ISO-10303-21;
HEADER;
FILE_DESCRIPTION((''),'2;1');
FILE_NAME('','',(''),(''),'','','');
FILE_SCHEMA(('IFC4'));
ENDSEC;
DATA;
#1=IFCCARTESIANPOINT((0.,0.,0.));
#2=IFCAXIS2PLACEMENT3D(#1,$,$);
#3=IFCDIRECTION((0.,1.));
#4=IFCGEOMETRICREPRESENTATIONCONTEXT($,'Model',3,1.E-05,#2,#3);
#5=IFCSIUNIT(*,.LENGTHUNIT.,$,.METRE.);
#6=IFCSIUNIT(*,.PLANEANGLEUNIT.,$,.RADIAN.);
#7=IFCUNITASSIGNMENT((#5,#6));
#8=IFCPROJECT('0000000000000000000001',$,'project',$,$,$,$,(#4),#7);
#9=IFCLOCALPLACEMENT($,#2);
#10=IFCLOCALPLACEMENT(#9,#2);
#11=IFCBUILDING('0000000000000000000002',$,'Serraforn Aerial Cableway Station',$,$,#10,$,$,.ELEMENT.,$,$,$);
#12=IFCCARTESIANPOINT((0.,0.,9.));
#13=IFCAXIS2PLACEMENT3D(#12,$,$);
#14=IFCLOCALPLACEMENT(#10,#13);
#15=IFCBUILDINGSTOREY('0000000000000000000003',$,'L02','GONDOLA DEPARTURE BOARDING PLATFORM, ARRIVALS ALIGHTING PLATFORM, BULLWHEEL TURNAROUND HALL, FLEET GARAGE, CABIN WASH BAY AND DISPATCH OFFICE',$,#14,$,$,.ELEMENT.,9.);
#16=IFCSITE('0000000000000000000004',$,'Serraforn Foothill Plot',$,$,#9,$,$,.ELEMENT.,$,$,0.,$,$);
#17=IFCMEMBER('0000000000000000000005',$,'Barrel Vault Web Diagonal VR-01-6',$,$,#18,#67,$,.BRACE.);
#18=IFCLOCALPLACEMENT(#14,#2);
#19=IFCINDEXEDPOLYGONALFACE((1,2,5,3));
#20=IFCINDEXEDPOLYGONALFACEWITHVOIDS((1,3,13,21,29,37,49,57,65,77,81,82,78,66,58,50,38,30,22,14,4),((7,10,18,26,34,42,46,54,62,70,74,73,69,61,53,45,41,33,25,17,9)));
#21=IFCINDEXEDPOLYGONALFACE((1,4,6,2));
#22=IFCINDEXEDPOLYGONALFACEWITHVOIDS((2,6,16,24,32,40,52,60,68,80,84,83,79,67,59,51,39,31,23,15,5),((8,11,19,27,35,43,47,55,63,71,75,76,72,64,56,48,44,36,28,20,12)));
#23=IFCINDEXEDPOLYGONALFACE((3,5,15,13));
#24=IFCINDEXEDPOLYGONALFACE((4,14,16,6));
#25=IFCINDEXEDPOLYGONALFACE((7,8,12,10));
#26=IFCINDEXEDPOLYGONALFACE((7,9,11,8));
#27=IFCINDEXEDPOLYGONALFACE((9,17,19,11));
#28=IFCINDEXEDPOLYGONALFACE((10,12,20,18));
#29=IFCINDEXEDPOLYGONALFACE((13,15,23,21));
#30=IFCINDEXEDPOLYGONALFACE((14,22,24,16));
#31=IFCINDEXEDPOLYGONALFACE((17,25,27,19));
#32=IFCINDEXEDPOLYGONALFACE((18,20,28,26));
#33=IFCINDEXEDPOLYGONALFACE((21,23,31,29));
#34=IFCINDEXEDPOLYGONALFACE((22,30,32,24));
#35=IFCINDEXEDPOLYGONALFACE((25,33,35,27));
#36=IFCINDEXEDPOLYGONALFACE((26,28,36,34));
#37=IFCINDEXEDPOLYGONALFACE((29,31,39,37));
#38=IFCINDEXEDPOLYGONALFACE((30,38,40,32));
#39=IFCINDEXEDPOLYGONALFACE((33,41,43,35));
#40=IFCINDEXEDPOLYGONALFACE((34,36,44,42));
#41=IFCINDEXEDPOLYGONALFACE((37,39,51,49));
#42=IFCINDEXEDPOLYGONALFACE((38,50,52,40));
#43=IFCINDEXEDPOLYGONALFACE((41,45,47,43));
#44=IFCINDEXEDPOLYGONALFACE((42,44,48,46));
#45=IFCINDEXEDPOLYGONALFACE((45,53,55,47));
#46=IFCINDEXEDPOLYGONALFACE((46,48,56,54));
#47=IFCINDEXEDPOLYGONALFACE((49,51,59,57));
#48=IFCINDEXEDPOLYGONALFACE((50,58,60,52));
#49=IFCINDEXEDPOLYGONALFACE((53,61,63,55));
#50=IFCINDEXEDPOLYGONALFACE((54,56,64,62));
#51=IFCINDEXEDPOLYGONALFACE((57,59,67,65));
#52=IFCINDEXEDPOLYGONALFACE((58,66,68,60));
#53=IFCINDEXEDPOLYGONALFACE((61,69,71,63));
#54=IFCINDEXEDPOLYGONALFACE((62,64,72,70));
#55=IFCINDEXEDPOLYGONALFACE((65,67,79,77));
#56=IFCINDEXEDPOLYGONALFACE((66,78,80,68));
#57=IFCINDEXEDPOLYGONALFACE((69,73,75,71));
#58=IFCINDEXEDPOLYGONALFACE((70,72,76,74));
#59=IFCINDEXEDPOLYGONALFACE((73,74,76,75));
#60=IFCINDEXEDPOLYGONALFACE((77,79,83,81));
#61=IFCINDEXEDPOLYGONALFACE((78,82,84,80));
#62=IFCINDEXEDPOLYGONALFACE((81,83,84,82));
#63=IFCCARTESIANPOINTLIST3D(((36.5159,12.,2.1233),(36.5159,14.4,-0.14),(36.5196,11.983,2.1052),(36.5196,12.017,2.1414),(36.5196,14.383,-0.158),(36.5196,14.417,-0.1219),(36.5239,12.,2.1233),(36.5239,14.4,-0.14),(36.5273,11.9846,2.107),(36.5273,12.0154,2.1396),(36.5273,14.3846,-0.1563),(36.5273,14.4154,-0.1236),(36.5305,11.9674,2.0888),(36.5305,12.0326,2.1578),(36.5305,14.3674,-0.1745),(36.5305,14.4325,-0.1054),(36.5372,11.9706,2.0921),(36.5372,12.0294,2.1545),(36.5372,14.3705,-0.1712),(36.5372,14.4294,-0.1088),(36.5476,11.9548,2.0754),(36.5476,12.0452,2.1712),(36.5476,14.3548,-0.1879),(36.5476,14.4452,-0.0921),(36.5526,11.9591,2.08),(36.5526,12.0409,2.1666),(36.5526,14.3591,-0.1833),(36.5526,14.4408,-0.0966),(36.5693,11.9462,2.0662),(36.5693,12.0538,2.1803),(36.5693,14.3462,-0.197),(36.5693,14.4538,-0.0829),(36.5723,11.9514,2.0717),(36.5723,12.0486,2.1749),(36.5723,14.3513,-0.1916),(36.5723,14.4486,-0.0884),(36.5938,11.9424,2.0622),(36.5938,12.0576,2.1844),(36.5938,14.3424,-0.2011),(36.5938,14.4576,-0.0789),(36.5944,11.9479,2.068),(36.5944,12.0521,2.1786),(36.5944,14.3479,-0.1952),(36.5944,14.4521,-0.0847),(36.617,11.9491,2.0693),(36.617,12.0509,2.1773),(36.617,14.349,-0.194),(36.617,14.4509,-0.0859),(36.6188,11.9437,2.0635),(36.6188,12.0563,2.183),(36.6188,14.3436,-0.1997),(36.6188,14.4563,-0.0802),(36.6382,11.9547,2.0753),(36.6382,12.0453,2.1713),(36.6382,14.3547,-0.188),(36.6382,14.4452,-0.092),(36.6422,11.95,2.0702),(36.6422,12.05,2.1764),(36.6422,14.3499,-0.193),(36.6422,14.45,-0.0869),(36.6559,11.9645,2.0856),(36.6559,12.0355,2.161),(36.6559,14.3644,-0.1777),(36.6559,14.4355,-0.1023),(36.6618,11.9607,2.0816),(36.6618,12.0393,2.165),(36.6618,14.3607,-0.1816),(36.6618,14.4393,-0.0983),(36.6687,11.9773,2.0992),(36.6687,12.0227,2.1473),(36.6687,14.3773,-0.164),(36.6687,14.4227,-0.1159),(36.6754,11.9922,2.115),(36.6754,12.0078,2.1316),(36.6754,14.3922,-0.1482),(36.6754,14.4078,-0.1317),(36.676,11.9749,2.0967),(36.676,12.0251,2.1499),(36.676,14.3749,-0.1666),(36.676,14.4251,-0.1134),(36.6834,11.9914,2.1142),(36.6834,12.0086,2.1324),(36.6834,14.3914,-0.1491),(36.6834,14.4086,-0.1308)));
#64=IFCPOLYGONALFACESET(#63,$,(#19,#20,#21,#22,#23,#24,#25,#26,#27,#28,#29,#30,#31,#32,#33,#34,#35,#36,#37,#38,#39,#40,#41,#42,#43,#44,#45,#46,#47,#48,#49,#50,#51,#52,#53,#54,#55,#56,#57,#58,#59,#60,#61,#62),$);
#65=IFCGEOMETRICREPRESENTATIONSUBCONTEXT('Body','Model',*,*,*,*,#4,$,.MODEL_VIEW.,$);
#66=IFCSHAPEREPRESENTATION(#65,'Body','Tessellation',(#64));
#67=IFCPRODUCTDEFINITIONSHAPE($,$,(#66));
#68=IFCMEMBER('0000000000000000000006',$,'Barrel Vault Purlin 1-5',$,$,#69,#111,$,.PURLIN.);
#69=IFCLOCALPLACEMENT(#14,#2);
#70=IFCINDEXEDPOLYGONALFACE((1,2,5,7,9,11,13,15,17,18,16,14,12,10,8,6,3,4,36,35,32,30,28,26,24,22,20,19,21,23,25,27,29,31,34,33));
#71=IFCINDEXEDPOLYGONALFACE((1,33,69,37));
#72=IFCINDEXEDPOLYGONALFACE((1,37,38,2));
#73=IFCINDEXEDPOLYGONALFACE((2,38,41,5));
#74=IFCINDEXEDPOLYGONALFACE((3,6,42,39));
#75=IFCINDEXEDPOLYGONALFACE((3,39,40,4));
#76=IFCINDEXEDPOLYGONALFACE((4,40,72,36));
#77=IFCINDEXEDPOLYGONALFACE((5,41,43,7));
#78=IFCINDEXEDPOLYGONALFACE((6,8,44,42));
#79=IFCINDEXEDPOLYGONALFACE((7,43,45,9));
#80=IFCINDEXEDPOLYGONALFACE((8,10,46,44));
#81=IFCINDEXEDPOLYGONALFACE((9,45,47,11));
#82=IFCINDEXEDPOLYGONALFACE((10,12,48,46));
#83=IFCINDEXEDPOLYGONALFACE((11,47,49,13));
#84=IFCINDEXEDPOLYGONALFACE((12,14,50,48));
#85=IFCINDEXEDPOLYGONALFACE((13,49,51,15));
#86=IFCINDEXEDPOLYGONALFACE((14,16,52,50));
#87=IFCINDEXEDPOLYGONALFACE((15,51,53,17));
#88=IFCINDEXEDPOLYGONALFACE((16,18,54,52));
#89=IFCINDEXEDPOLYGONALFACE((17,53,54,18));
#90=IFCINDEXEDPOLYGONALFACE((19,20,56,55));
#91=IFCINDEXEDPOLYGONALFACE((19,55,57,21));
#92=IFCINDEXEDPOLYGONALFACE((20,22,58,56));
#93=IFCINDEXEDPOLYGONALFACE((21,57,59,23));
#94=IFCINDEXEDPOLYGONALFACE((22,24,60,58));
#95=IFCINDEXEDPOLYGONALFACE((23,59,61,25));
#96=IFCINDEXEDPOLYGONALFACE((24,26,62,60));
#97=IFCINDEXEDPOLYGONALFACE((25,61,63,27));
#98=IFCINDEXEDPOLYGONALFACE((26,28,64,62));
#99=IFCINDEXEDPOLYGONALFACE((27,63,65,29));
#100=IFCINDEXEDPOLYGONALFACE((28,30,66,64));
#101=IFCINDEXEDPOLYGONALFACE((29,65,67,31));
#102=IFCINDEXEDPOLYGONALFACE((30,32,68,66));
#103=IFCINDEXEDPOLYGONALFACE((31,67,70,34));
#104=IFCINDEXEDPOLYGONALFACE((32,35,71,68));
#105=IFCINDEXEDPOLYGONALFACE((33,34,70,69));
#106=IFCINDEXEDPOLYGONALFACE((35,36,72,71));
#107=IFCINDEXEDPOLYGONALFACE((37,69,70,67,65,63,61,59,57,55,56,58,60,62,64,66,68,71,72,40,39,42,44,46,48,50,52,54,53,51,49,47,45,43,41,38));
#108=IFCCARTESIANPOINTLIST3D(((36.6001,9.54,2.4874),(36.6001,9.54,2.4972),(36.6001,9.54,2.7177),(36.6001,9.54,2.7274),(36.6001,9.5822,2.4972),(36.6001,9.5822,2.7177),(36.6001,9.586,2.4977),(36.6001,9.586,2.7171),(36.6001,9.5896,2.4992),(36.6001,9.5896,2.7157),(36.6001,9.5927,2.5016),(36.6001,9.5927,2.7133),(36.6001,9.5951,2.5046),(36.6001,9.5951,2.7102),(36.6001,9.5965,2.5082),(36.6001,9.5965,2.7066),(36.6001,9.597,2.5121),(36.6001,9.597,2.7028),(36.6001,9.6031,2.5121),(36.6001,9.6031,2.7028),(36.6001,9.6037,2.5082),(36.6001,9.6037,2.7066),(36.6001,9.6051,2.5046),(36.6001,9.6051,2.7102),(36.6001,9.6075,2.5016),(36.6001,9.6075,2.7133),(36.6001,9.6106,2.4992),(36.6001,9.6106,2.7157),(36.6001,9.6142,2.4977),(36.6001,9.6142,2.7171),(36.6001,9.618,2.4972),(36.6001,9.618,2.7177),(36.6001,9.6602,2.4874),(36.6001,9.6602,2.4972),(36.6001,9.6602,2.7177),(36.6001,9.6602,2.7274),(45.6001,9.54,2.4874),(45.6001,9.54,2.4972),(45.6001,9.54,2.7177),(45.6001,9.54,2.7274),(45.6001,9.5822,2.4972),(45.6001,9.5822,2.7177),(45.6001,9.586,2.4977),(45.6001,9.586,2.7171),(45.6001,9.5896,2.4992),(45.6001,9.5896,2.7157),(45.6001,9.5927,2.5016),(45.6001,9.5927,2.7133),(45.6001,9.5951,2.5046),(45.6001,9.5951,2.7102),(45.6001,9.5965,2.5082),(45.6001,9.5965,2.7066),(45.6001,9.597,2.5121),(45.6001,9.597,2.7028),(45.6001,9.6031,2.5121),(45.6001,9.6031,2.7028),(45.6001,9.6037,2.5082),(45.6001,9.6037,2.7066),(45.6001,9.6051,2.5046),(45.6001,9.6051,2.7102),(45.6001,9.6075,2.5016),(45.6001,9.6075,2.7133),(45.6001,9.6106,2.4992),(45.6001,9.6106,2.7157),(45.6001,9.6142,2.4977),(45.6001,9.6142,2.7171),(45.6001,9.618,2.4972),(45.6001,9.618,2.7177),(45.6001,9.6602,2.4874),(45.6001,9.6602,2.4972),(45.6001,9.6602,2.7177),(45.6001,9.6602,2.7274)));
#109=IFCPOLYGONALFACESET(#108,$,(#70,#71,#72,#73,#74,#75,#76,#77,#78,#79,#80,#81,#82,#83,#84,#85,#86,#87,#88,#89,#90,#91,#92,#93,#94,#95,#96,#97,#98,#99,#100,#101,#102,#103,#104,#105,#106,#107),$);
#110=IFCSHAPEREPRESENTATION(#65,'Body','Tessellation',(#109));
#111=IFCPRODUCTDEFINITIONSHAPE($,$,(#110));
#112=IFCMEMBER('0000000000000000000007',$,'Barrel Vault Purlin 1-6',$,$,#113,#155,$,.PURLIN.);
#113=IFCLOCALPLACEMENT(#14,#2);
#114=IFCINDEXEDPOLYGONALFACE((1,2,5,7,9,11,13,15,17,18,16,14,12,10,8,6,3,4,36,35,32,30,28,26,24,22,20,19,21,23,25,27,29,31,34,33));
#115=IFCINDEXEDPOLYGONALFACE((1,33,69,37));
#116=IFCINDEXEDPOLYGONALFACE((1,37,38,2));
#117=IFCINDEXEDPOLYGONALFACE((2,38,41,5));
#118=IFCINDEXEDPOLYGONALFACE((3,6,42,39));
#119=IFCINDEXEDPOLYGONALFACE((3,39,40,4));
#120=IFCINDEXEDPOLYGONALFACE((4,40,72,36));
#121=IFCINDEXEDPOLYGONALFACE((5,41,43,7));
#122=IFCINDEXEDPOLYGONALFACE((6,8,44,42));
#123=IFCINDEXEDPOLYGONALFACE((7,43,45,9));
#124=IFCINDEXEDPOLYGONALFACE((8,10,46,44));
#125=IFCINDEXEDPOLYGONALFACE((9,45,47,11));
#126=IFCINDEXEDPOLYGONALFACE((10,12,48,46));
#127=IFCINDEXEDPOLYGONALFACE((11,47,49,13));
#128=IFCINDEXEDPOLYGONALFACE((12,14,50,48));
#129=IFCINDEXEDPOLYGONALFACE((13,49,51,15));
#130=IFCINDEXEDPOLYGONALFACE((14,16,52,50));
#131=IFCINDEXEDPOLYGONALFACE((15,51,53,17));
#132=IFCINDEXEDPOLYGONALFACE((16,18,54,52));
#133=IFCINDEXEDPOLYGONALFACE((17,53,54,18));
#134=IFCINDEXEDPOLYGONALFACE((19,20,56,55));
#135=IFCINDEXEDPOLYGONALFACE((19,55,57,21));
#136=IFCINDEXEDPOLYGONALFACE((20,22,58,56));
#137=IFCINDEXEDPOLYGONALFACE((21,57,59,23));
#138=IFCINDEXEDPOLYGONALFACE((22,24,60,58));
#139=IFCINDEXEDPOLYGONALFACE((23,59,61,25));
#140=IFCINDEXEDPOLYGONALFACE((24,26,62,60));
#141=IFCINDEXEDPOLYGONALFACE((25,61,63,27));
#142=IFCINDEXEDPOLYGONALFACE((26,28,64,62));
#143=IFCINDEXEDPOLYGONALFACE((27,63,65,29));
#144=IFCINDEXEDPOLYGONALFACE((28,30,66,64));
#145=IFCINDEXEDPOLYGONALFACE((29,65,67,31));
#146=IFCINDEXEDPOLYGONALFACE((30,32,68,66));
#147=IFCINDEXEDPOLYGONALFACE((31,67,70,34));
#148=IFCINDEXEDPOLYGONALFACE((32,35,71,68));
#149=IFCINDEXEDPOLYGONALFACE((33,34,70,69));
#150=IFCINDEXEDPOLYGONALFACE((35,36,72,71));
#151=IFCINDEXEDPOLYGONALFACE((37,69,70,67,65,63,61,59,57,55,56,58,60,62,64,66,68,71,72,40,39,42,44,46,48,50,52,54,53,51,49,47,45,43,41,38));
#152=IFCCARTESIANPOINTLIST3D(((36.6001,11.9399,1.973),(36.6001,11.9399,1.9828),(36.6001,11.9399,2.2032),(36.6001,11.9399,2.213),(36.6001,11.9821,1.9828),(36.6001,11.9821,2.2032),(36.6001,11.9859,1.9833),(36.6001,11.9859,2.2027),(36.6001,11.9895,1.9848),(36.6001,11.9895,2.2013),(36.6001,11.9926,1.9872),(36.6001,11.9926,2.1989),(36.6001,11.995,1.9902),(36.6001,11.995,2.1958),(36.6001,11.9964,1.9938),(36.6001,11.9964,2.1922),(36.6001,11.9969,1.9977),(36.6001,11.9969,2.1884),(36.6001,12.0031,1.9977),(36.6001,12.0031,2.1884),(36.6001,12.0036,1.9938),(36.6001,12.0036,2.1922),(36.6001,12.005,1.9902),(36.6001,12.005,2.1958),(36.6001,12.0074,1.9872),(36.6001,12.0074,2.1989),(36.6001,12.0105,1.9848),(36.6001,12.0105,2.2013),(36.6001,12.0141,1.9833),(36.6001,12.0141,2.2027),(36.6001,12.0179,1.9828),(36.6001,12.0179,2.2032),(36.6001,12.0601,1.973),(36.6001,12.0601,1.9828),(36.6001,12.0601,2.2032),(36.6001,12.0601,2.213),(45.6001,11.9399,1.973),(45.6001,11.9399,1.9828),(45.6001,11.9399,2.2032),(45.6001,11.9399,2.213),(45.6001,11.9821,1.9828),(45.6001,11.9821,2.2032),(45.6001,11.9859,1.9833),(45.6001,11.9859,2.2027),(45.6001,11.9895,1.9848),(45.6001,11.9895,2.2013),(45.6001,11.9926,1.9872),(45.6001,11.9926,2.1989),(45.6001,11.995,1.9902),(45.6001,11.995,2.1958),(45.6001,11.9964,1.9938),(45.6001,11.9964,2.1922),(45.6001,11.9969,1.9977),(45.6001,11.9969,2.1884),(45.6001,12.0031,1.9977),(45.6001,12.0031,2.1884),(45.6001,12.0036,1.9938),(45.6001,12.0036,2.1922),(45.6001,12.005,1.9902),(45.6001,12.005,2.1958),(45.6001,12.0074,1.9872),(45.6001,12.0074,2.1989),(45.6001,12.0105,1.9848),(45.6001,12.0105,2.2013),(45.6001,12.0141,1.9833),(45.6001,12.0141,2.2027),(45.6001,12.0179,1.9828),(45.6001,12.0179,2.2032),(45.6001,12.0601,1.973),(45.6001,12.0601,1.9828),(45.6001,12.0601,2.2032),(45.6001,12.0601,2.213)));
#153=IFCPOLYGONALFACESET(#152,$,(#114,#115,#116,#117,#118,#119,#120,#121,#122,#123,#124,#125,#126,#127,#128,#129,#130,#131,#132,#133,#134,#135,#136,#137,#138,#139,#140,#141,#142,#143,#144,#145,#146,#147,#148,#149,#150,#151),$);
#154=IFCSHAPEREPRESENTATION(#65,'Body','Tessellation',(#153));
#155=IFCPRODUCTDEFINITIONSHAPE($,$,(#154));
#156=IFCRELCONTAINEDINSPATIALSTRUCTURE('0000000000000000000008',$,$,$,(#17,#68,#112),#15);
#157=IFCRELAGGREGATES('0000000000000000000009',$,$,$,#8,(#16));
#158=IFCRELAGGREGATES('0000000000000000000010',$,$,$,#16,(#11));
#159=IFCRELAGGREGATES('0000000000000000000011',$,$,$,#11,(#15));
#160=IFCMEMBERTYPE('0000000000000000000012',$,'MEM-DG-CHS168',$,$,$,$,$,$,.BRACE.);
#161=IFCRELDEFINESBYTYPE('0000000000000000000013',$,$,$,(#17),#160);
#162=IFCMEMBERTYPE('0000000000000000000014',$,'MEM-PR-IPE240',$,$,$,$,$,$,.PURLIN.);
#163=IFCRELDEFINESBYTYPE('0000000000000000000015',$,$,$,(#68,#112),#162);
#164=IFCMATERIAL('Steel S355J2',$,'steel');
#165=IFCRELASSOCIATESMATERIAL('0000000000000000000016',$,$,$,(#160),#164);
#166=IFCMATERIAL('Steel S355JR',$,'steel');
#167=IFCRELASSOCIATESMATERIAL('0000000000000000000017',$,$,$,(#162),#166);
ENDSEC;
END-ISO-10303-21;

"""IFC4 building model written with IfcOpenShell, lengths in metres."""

from ifc_helpers import new_model, si_unit, direction, frame, origin, origin_2d, place, context, subcontext, project, spatial, hollow_circle, i_section, extrude, material, material_profile, profile_set, type_object, element, save


model = new_model("IFC4")

# Units and contexts
model_context = context("Model", 3, precision=1e-05, world=origin(), true_north=direction((0.0, 1.0)))
body_context = subcontext(model_context, "Body", "Model", "MODEL_VIEW")
ifc_project = project(units=[si_unit("LENGTHUNIT", "METRE"), si_unit("PLANEANGLEUNIT", "RADIAN")], contexts=[model_context])

# Site, building, storey
site_placement = place(None, origin())
site = spatial("IfcSite", under=ifc_project, at=site_placement, Name="Serraforn Foothill Plot", CompositionType="ELEMENT", RefElevation=0.0)
building_placement = place(site_placement, origin())
building = spatial("IfcBuilding", under=site, at=building_placement, Name="Serraforn Aerial Cableway Station", CompositionType="ELEMENT")
storey_placement = place(building_placement, frame((0.0, 0.0, 9.0)))
storey = spatial("IfcBuildingStorey", under=building, at=storey_placement, Name="L02", Description="GONDOLA DEPARTURE BOARDING PLATFORM, ARRIVALS ALIGHTING PLATFORM, BULLWHEEL TURNAROUND HALL, FLEET GARAGE, CABIN WASH BAY AND DISPATCH OFFICE", CompositionType="ELEMENT", Elevation=9.0)

# Shared definitions
ifc_material_1 = material(Name="Steel S355J2", Category="steel")

# Shared definitions
ifc_material_2 = material(Name="Steel S355JR", Category="steel")

# Members
ifc_material_profile_1 = material_profile(ifc_material_1, hollow_circle(Radius=0.0842, WallThickness=0.0081, at=origin_2d()), Name="CHS 168.3x8.0")
ifc_profile_set_1 = profile_set([ifc_material_profile_1], Name="Steel S355J2")
member_type_1 = type_object("IfcMemberType", Name="MEM-DG-CHS168", PredefinedType="BRACE", material=ifc_profile_set_1)
member_1_placement = place(storey_placement, frame((36.6001, 12.0, 2.1233), z_axis=(0.0, 0.727526, -0.68608), x_axis=(-1.0, 0.0, 0.0)))
element("IfcMember", 1, at=member_1_placement, inside=storey, type_object=member_type_1, Name="Barrel Vault Web Diagonal VR-01-6", PredefinedType="BRACE", context=body_context, shape_type="SweptSolid", body=[
    extrude(hollow_circle(Radius=0.0842, WallThickness=0.0081, at=origin_2d()), origin(), (0.0, 0.0, 1.0), 3.2988),
])
ifc_material_profile_2 = material_profile(ifc_material_2, i_section(OverallWidth=0.1201, OverallDepth=0.24, WebThickness=0.0061, FlangeThickness=0.0098, FilletRadius=0.0149, at=origin_2d()), Name="IPE 240")
ifc_profile_set_2 = profile_set([ifc_material_profile_2], Name="Steel S355JR")
member_type_2 = type_object("IfcMemberType", Name="MEM-PR-IPE240", PredefinedType="PURLIN", material=ifc_profile_set_2)
for number, where, z_axis, x_axis, name in (
    (2, (36.6001, 9.6001, 2.6074), (1.0, 0.0, 0.0), (0.0, 1.0, 0.0), "Barrel Vault Purlin 1-5"),
    (3, (36.6001, 12.0, 2.093), (1.0, 0.0, 0.0), (0.0, 1.0, 0.0), "Barrel Vault Purlin 1-6"),
):
    element("IfcMember", number, at=place(storey_placement, frame(where, z_axis=z_axis, x_axis=x_axis)), inside=storey, type_object=member_type_2, Name=name, PredefinedType="PURLIN", context=body_context, shape_type="SweptSolid", body=[
        extrude(i_section(OverallWidth=0.1201, OverallDepth=0.24, WebThickness=0.0061, FlangeThickness=0.0098, FilletRadius=0.0149, at=origin_2d()), origin(), (0.0, 0.0, 1.0), 9.0),
    ])

save(model, "model.ifc")
